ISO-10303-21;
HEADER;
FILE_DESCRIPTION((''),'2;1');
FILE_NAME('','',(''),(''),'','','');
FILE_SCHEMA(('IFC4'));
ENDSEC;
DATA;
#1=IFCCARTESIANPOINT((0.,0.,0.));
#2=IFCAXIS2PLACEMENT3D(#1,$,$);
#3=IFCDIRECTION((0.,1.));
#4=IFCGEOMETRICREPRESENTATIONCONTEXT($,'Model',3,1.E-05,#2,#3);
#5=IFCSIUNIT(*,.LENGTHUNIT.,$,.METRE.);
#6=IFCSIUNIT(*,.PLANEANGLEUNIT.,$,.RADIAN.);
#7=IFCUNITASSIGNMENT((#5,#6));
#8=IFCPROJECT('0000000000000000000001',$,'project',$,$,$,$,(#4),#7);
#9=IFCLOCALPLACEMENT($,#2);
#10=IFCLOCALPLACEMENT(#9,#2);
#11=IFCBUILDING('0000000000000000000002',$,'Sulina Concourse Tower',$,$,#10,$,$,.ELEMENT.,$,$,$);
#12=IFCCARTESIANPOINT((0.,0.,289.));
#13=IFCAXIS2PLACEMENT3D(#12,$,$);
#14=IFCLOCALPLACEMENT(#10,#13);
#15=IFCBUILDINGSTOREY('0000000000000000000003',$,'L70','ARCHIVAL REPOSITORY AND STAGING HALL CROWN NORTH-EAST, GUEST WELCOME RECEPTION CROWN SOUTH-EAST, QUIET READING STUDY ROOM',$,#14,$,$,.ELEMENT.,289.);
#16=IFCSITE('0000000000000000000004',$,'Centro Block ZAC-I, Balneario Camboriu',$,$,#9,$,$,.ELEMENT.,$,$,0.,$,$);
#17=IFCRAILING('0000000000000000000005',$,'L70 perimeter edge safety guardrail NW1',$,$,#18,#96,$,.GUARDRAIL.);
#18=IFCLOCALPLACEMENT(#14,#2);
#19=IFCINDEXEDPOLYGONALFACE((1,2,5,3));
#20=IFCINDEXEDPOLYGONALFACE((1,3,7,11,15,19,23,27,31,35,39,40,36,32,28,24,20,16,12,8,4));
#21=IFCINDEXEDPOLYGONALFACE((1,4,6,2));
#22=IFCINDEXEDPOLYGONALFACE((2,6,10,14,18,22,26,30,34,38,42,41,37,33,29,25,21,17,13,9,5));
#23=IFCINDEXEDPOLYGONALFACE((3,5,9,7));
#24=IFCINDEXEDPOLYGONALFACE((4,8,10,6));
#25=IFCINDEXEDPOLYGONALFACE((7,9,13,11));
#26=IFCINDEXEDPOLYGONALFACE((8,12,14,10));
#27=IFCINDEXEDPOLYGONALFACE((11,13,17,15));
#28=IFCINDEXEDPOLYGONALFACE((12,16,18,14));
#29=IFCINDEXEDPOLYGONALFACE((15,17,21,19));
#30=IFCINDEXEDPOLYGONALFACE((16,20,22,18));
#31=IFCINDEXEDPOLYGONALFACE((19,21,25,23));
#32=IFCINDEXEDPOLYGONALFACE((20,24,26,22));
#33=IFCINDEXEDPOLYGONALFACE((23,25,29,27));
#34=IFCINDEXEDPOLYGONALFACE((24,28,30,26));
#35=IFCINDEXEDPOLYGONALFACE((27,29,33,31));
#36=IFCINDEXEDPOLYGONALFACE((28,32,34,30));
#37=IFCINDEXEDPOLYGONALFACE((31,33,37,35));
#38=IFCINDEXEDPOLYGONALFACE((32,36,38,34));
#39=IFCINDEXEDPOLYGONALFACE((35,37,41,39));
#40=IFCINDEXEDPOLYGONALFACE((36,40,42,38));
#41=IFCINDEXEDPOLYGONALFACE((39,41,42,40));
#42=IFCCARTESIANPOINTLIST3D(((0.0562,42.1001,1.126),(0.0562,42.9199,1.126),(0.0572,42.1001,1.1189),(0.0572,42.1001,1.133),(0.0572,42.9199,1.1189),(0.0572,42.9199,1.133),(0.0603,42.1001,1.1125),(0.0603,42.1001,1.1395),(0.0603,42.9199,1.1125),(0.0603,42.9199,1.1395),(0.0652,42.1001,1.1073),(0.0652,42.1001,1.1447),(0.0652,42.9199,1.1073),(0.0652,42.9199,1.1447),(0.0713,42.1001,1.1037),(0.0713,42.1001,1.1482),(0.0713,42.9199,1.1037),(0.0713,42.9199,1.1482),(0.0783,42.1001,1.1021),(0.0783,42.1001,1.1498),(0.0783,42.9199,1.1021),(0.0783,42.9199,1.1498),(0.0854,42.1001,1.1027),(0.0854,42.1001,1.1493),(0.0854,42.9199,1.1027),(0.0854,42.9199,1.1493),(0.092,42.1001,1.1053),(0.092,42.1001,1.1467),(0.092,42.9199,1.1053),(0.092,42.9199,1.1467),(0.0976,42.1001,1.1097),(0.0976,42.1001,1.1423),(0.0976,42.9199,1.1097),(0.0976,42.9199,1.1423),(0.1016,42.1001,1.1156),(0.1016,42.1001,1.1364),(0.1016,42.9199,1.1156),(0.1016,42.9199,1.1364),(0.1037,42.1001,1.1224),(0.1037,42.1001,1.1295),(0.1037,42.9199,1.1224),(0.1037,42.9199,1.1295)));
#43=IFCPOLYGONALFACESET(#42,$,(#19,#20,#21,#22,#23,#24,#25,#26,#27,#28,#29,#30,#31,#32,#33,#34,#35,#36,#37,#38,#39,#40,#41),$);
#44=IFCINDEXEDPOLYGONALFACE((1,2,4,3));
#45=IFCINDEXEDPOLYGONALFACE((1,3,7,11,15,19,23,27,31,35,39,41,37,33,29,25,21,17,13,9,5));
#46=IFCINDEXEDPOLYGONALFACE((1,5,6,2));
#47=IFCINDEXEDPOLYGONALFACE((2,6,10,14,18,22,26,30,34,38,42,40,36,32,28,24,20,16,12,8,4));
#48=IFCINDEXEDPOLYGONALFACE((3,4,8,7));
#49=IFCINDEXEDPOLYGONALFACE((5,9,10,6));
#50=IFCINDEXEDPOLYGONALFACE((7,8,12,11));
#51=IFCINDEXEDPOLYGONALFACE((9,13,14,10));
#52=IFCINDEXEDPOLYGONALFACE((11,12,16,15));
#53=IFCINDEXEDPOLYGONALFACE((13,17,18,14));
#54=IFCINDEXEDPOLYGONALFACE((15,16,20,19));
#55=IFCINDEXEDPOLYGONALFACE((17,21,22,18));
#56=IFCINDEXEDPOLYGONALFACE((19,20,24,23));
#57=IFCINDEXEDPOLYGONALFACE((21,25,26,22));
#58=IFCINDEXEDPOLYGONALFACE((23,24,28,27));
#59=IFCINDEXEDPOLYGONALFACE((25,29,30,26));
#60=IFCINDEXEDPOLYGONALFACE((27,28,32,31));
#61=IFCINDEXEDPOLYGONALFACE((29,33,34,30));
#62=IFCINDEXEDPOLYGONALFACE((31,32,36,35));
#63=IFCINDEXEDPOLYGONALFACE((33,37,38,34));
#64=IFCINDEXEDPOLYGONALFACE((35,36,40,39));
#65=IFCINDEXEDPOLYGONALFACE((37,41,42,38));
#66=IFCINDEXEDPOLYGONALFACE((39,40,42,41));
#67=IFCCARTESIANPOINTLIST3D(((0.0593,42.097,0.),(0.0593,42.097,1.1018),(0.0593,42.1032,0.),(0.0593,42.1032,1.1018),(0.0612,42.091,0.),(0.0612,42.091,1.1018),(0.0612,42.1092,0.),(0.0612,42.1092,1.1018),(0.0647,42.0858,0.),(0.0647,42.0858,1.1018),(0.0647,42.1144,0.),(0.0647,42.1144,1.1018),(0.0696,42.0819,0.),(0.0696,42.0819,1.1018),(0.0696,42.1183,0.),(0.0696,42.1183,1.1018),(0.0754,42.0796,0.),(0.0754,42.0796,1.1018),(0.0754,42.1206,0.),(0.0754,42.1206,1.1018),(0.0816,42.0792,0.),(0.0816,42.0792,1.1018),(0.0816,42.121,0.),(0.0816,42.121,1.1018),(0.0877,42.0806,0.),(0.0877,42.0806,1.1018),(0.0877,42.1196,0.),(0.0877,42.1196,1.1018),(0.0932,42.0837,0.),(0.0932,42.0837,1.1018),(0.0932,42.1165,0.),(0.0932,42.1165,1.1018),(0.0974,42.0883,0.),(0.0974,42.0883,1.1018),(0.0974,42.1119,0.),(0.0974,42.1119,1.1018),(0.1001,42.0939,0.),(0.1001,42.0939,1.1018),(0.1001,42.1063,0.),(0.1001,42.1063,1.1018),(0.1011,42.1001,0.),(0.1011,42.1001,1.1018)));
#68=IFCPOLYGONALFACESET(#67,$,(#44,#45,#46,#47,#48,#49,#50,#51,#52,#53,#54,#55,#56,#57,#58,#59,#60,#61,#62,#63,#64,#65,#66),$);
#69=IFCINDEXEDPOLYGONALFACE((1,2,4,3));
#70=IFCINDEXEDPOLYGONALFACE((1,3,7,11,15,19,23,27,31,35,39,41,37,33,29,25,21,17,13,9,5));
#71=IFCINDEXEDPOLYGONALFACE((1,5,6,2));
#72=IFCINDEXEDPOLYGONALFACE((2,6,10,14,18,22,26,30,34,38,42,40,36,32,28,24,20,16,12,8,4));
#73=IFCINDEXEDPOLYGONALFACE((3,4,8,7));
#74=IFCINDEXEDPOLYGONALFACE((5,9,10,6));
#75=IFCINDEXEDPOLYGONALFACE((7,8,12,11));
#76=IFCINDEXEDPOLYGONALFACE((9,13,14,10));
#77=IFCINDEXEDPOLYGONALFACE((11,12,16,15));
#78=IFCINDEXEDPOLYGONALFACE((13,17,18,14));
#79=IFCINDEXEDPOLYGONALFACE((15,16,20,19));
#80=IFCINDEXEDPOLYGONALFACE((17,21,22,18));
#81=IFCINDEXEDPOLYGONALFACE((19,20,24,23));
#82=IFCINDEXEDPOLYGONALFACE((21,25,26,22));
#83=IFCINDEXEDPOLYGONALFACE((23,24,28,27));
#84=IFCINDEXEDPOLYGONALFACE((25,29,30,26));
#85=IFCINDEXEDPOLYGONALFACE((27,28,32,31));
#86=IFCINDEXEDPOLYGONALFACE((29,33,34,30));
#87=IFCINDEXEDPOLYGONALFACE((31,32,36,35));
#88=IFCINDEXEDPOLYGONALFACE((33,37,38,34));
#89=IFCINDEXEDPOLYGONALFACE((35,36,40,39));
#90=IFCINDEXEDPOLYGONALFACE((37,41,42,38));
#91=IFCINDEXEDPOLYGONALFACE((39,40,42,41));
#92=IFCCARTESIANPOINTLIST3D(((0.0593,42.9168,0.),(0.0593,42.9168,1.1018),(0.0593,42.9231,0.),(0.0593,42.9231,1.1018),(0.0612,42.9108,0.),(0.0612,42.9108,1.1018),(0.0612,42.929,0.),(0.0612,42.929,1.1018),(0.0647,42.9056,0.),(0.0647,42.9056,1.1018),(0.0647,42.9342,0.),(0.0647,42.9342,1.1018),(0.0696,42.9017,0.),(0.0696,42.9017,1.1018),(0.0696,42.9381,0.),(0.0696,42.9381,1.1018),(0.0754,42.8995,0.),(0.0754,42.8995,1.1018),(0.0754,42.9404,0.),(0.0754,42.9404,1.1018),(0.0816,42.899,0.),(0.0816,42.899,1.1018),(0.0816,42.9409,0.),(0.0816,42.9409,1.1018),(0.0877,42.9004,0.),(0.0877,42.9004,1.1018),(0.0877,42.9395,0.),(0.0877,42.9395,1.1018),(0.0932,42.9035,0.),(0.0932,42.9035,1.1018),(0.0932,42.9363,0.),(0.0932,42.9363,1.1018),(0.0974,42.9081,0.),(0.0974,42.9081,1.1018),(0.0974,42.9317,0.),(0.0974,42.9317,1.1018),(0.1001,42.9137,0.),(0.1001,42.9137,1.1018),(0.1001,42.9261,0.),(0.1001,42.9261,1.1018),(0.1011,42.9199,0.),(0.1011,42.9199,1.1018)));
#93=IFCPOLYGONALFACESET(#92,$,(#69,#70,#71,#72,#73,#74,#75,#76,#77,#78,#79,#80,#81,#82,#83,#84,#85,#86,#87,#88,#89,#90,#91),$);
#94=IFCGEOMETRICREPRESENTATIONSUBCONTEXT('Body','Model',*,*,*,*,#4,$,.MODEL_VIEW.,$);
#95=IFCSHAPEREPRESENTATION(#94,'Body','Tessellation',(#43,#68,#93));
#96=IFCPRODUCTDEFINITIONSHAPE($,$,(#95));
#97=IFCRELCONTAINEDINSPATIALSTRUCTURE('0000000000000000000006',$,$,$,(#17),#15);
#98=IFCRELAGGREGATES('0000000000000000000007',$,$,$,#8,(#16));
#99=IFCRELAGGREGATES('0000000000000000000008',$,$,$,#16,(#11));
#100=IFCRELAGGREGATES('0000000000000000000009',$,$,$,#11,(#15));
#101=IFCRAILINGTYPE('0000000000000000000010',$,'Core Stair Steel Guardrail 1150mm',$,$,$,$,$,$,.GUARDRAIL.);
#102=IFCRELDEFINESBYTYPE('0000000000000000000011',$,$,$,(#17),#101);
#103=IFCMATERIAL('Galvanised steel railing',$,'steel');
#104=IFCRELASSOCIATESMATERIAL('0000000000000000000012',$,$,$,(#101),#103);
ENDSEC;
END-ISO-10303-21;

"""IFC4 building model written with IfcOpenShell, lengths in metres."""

from ifc_helpers import new_model, si_unit, direction, frame, origin, origin_2d, place, context, subcontext, project, spatial, circle, extrude, material, type_object, element, save


model = new_model("IFC4")

# Units and contexts
model_context = context("Model", 3, precision=1e-05, world=origin(), true_north=direction((0.0, 1.0)))
body_context = subcontext(model_context, "Body", "Model", "MODEL_VIEW")
ifc_project = project(units=[si_unit("LENGTHUNIT", "METRE"), si_unit("PLANEANGLEUNIT", "RADIAN")], contexts=[model_context])

# Site, building, storey
site_placement = place(None, origin())
site = spatial("IfcSite", under=ifc_project, at=site_placement, Name="Centro Block ZAC-I, Balneario Camboriu", CompositionType="ELEMENT", RefElevation=0.0)
building_placement = place(site_placement, origin())
building = spatial("IfcBuilding", under=site, at=building_placement, Name="Sulina Concourse Tower", CompositionType="ELEMENT")
storey_placement = place(building_placement, frame((0.0, 0.0, 289.0)))
storey = spatial("IfcBuildingStorey", under=building, at=storey_placement, Name="L70", Description="ARCHIVAL REPOSITORY AND STAGING HALL CROWN NORTH-EAST, GUEST WELCOME RECEPTION CROWN SOUTH-EAST, QUIET READING STUDY ROOM", CompositionType="ELEMENT", Elevation=289.0)

# Railing
ifc_material_1 = material(Name="Galvanised steel railing", Category="steel")
railing_type_1 = type_object("IfcRailingType", Name="Core Stair Steel Guardrail 1150mm", PredefinedType="GUARDRAIL", material=ifc_material_1)
railing_1_placement = place(storey_placement, frame((0.0801, 42.1001, 0.0)))
element("IfcRailing", 1, at=railing_1_placement, inside=storey, type_object=railing_type_1, Name="L70 perimeter edge safety guardrail NW1", PredefinedType="GUARDRAIL", context=body_context, shape_type="SweptSolid", body=[
    extrude(circle(Radius=0.0239, at=origin_2d()), frame((0.0, 0.0, 1.126), z_axis=(0.0, 1.0, 0.0), x_axis=(-1.0, 0.0, 0.0)), (0.0, 0.0, 1.0), 0.8198),
    extrude(circle(Radius=0.021, at=origin_2d()), origin(), (0.0, 0.0, 1.0), 1.1018),
    extrude(circle(Radius=0.021, at=origin_2d()), frame((0.0, 0.8198, 0.0)), (0.0, 0.0, 1.0), 1.1018),
])

save(model, "model.ifc")
